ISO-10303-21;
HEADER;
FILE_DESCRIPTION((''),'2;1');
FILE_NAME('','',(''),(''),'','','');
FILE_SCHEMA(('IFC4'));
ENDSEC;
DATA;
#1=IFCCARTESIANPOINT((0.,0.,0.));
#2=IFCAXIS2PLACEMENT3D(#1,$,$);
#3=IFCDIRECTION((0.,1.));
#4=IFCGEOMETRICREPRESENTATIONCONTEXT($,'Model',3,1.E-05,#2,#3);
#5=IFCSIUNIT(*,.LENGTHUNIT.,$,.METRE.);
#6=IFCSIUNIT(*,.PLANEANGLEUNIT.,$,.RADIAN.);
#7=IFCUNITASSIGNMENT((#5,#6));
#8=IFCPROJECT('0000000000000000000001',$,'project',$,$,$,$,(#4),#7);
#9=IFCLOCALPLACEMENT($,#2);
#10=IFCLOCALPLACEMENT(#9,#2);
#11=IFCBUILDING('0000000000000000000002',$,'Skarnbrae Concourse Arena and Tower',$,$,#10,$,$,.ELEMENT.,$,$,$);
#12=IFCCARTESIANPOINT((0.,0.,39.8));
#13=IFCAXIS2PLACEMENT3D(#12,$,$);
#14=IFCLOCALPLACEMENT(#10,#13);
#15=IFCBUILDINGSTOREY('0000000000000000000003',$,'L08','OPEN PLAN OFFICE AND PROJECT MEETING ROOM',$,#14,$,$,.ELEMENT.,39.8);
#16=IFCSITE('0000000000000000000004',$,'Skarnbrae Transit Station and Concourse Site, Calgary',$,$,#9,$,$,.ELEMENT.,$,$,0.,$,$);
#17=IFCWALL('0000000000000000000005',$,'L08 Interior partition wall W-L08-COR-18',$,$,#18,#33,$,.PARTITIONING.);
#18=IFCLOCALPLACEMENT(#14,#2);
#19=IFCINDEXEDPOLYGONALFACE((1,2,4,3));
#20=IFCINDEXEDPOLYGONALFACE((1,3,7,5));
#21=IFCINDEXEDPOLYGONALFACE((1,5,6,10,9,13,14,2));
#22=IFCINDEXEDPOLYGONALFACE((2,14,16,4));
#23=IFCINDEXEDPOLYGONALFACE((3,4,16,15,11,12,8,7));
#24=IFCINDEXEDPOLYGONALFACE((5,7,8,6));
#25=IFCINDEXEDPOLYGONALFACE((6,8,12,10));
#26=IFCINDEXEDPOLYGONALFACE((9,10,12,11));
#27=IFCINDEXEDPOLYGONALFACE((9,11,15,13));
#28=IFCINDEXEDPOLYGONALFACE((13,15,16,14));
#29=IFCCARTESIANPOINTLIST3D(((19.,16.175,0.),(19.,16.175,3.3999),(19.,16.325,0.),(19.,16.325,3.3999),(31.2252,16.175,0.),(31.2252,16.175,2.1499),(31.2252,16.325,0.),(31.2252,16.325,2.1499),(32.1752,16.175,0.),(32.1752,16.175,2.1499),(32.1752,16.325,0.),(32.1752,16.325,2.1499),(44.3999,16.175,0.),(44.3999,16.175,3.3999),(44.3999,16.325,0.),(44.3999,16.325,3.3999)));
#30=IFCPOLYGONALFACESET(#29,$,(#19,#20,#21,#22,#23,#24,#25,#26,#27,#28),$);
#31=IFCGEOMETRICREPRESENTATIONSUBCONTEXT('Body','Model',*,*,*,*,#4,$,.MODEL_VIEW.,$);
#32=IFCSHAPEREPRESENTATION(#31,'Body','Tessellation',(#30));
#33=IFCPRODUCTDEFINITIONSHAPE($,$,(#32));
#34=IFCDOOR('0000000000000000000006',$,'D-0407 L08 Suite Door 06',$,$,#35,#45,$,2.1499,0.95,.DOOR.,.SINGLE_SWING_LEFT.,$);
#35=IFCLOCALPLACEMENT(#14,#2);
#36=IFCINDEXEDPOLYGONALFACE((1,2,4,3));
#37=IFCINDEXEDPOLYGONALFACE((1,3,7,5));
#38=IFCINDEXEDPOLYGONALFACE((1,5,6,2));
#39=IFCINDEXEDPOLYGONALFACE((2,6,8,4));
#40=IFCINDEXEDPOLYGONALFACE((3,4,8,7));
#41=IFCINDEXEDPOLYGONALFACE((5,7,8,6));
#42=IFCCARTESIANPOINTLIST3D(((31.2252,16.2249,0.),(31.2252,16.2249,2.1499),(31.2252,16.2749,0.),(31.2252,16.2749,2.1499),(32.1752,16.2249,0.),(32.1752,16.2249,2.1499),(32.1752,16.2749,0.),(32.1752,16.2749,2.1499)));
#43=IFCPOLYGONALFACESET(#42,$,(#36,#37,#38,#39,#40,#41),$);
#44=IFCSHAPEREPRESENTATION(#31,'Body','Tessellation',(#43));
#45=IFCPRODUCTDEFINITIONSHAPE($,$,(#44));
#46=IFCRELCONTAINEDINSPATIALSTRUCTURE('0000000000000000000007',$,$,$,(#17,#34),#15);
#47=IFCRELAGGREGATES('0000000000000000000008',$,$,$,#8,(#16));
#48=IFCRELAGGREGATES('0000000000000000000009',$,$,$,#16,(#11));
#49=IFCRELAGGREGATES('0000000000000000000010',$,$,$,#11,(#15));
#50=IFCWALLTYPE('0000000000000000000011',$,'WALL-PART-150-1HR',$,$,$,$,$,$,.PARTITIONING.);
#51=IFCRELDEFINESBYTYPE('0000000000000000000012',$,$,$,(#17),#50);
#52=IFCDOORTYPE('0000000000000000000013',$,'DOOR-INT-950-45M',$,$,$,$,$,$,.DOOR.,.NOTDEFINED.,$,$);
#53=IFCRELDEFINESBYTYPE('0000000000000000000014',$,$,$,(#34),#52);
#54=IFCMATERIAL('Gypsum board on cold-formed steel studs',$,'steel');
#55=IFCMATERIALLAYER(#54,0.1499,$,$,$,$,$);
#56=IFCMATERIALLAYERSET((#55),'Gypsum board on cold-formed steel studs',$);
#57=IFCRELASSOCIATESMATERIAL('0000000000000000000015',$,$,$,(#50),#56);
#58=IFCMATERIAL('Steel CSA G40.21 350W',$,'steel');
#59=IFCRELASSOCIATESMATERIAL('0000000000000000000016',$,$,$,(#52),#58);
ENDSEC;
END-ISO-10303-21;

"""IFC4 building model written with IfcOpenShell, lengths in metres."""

from ifc_helpers import new_model, si_unit, direction, frame, frame_2d, origin, place, context, subcontext, project, spatial, rectangle, extrude, source, transform, mapped, material, layer, layer_set, type_object, element, fill, save


model = new_model("IFC4")

# Units and contexts
model_context = context("Model", 3, precision=1e-05, world=origin(), true_north=direction((0.0, 1.0)))
body_context = subcontext(model_context, "Body", "Model", "MODEL_VIEW")
ifc_project = project(units=[si_unit("LENGTHUNIT", "METRE"), si_unit("PLANEANGLEUNIT", "RADIAN")], contexts=[model_context])

# Site, building, storey
site_placement = place(None, origin())
site = spatial("IfcSite", under=ifc_project, at=site_placement, Name="Skarnbrae Transit Station and Concourse Site, Calgary", CompositionType="ELEMENT", RefElevation=0.0)
building_placement = place(site_placement, origin())
building = spatial("IfcBuilding", under=site, at=building_placement, Name="Skarnbrae Concourse Arena and Tower", CompositionType="ELEMENT")
storey_placement = place(building_placement, frame((0.0, 0.0, 39.8)))
storey = spatial("IfcBuildingStorey", under=building, at=storey_placement, Name="L08", Description="OPEN PLAN OFFICE AND PROJECT MEETING ROOM", CompositionType="ELEMENT", Elevation=39.8)

# Shared definitions
ifc_material_1 = material(Name="Steel CSA G40.21 350W", Category="steel")

# Shared definitions
ifc_material_2 = material(Name="Gypsum board on cold-formed steel studs", Category="steel")
ifc_layer_1 = layer(ifc_material_2, 0.1499)
ifc_layer_set_1 = layer_set([ifc_layer_1], Name="Gypsum board on cold-formed steel studs")
wall_type_1 = type_object("IfcWallType", Name="WALL-PART-150-1HR", PredefinedType="PARTITIONING", material=ifc_layer_set_1)

# Shared definitions
door_type_1 = type_object("IfcDoorType", Name="DOOR-INT-950-45M", OperationType="NOTDEFINED", PredefinedType="DOOR", material=ifc_material_1)
shared_shape_1 = source(origin(), body_context, "Body", "SweptSolid", [
    extrude(rectangle(XDim=0.95, YDim=2.1499, at=frame_2d((0.4751, 1.075))), frame((0.0, 0.0249, 0.0), z_axis=(0.0, -1.0, 0.0), x_axis=(1.0, 0.0, 0.0)), (0.0, 0.0, 1.0), 0.05),
])

# Wall, opening, door
shared_shape_2 = source(origin(), body_context, "Body", "SweptSolid", [
    extrude(rectangle(XDim=25.3999, YDim=0.1499, at=frame_2d((12.7, 0.0))), origin(), (0.0, 0.0, 1.0), 3.3999),
])
wall_1_placement = place(storey_placement, frame((19.0, 16.25, 0.0), z_axis=(0.0, 0.0, 1.0), x_axis=(1.0, 0.0, 0.0)))
wall_1 = element("IfcWall", 1, at=wall_1_placement, inside=storey, type_object=wall_type_1, Name="L08 Interior partition wall W-L08-COR-18", PredefinedType="PARTITIONING", context=body_context, shape_type="MappedRepresentation", body=[
    mapped(shared_shape_2, transform((0.0, 0.0, 0.0))),
])
opening_1_placement = place(wall_1_placement, frame((12.2251, 0.0, 0.0)))
opening_1 = element("IfcOpeningElement", 2, at=opening_1_placement, cuts=wall_1, PredefinedType="OPENING", context=body_context, shape_type="SweptSolid", body=[
    extrude(rectangle(XDim=0.95, YDim=2.1499, at=frame_2d((0.4751, 1.075))), frame((0.0, 0.085, 0.0), z_axis=(0.0, -1.0, 0.0), x_axis=(1.0, 0.0, 0.0)), (0.0, 0.0, 1.0), 0.1699),
])
door_1_placement = place(opening_1_placement, origin())
door_1 = element("IfcDoor", 3, at=door_1_placement, inside=storey, type_object=door_type_1, Name="D-0407 L08 Suite Door 06", OperationType="SINGLE_SWING_LEFT", OverallHeight=2.1499, OverallWidth=0.95, PredefinedType="DOOR", context=body_context, shape_type="MappedRepresentation", body=[
    mapped(shared_shape_1, transform((0.0, 0.0, 0.0))),
])
fill(opening_1, door_1)

save(model, "model.ifc")
